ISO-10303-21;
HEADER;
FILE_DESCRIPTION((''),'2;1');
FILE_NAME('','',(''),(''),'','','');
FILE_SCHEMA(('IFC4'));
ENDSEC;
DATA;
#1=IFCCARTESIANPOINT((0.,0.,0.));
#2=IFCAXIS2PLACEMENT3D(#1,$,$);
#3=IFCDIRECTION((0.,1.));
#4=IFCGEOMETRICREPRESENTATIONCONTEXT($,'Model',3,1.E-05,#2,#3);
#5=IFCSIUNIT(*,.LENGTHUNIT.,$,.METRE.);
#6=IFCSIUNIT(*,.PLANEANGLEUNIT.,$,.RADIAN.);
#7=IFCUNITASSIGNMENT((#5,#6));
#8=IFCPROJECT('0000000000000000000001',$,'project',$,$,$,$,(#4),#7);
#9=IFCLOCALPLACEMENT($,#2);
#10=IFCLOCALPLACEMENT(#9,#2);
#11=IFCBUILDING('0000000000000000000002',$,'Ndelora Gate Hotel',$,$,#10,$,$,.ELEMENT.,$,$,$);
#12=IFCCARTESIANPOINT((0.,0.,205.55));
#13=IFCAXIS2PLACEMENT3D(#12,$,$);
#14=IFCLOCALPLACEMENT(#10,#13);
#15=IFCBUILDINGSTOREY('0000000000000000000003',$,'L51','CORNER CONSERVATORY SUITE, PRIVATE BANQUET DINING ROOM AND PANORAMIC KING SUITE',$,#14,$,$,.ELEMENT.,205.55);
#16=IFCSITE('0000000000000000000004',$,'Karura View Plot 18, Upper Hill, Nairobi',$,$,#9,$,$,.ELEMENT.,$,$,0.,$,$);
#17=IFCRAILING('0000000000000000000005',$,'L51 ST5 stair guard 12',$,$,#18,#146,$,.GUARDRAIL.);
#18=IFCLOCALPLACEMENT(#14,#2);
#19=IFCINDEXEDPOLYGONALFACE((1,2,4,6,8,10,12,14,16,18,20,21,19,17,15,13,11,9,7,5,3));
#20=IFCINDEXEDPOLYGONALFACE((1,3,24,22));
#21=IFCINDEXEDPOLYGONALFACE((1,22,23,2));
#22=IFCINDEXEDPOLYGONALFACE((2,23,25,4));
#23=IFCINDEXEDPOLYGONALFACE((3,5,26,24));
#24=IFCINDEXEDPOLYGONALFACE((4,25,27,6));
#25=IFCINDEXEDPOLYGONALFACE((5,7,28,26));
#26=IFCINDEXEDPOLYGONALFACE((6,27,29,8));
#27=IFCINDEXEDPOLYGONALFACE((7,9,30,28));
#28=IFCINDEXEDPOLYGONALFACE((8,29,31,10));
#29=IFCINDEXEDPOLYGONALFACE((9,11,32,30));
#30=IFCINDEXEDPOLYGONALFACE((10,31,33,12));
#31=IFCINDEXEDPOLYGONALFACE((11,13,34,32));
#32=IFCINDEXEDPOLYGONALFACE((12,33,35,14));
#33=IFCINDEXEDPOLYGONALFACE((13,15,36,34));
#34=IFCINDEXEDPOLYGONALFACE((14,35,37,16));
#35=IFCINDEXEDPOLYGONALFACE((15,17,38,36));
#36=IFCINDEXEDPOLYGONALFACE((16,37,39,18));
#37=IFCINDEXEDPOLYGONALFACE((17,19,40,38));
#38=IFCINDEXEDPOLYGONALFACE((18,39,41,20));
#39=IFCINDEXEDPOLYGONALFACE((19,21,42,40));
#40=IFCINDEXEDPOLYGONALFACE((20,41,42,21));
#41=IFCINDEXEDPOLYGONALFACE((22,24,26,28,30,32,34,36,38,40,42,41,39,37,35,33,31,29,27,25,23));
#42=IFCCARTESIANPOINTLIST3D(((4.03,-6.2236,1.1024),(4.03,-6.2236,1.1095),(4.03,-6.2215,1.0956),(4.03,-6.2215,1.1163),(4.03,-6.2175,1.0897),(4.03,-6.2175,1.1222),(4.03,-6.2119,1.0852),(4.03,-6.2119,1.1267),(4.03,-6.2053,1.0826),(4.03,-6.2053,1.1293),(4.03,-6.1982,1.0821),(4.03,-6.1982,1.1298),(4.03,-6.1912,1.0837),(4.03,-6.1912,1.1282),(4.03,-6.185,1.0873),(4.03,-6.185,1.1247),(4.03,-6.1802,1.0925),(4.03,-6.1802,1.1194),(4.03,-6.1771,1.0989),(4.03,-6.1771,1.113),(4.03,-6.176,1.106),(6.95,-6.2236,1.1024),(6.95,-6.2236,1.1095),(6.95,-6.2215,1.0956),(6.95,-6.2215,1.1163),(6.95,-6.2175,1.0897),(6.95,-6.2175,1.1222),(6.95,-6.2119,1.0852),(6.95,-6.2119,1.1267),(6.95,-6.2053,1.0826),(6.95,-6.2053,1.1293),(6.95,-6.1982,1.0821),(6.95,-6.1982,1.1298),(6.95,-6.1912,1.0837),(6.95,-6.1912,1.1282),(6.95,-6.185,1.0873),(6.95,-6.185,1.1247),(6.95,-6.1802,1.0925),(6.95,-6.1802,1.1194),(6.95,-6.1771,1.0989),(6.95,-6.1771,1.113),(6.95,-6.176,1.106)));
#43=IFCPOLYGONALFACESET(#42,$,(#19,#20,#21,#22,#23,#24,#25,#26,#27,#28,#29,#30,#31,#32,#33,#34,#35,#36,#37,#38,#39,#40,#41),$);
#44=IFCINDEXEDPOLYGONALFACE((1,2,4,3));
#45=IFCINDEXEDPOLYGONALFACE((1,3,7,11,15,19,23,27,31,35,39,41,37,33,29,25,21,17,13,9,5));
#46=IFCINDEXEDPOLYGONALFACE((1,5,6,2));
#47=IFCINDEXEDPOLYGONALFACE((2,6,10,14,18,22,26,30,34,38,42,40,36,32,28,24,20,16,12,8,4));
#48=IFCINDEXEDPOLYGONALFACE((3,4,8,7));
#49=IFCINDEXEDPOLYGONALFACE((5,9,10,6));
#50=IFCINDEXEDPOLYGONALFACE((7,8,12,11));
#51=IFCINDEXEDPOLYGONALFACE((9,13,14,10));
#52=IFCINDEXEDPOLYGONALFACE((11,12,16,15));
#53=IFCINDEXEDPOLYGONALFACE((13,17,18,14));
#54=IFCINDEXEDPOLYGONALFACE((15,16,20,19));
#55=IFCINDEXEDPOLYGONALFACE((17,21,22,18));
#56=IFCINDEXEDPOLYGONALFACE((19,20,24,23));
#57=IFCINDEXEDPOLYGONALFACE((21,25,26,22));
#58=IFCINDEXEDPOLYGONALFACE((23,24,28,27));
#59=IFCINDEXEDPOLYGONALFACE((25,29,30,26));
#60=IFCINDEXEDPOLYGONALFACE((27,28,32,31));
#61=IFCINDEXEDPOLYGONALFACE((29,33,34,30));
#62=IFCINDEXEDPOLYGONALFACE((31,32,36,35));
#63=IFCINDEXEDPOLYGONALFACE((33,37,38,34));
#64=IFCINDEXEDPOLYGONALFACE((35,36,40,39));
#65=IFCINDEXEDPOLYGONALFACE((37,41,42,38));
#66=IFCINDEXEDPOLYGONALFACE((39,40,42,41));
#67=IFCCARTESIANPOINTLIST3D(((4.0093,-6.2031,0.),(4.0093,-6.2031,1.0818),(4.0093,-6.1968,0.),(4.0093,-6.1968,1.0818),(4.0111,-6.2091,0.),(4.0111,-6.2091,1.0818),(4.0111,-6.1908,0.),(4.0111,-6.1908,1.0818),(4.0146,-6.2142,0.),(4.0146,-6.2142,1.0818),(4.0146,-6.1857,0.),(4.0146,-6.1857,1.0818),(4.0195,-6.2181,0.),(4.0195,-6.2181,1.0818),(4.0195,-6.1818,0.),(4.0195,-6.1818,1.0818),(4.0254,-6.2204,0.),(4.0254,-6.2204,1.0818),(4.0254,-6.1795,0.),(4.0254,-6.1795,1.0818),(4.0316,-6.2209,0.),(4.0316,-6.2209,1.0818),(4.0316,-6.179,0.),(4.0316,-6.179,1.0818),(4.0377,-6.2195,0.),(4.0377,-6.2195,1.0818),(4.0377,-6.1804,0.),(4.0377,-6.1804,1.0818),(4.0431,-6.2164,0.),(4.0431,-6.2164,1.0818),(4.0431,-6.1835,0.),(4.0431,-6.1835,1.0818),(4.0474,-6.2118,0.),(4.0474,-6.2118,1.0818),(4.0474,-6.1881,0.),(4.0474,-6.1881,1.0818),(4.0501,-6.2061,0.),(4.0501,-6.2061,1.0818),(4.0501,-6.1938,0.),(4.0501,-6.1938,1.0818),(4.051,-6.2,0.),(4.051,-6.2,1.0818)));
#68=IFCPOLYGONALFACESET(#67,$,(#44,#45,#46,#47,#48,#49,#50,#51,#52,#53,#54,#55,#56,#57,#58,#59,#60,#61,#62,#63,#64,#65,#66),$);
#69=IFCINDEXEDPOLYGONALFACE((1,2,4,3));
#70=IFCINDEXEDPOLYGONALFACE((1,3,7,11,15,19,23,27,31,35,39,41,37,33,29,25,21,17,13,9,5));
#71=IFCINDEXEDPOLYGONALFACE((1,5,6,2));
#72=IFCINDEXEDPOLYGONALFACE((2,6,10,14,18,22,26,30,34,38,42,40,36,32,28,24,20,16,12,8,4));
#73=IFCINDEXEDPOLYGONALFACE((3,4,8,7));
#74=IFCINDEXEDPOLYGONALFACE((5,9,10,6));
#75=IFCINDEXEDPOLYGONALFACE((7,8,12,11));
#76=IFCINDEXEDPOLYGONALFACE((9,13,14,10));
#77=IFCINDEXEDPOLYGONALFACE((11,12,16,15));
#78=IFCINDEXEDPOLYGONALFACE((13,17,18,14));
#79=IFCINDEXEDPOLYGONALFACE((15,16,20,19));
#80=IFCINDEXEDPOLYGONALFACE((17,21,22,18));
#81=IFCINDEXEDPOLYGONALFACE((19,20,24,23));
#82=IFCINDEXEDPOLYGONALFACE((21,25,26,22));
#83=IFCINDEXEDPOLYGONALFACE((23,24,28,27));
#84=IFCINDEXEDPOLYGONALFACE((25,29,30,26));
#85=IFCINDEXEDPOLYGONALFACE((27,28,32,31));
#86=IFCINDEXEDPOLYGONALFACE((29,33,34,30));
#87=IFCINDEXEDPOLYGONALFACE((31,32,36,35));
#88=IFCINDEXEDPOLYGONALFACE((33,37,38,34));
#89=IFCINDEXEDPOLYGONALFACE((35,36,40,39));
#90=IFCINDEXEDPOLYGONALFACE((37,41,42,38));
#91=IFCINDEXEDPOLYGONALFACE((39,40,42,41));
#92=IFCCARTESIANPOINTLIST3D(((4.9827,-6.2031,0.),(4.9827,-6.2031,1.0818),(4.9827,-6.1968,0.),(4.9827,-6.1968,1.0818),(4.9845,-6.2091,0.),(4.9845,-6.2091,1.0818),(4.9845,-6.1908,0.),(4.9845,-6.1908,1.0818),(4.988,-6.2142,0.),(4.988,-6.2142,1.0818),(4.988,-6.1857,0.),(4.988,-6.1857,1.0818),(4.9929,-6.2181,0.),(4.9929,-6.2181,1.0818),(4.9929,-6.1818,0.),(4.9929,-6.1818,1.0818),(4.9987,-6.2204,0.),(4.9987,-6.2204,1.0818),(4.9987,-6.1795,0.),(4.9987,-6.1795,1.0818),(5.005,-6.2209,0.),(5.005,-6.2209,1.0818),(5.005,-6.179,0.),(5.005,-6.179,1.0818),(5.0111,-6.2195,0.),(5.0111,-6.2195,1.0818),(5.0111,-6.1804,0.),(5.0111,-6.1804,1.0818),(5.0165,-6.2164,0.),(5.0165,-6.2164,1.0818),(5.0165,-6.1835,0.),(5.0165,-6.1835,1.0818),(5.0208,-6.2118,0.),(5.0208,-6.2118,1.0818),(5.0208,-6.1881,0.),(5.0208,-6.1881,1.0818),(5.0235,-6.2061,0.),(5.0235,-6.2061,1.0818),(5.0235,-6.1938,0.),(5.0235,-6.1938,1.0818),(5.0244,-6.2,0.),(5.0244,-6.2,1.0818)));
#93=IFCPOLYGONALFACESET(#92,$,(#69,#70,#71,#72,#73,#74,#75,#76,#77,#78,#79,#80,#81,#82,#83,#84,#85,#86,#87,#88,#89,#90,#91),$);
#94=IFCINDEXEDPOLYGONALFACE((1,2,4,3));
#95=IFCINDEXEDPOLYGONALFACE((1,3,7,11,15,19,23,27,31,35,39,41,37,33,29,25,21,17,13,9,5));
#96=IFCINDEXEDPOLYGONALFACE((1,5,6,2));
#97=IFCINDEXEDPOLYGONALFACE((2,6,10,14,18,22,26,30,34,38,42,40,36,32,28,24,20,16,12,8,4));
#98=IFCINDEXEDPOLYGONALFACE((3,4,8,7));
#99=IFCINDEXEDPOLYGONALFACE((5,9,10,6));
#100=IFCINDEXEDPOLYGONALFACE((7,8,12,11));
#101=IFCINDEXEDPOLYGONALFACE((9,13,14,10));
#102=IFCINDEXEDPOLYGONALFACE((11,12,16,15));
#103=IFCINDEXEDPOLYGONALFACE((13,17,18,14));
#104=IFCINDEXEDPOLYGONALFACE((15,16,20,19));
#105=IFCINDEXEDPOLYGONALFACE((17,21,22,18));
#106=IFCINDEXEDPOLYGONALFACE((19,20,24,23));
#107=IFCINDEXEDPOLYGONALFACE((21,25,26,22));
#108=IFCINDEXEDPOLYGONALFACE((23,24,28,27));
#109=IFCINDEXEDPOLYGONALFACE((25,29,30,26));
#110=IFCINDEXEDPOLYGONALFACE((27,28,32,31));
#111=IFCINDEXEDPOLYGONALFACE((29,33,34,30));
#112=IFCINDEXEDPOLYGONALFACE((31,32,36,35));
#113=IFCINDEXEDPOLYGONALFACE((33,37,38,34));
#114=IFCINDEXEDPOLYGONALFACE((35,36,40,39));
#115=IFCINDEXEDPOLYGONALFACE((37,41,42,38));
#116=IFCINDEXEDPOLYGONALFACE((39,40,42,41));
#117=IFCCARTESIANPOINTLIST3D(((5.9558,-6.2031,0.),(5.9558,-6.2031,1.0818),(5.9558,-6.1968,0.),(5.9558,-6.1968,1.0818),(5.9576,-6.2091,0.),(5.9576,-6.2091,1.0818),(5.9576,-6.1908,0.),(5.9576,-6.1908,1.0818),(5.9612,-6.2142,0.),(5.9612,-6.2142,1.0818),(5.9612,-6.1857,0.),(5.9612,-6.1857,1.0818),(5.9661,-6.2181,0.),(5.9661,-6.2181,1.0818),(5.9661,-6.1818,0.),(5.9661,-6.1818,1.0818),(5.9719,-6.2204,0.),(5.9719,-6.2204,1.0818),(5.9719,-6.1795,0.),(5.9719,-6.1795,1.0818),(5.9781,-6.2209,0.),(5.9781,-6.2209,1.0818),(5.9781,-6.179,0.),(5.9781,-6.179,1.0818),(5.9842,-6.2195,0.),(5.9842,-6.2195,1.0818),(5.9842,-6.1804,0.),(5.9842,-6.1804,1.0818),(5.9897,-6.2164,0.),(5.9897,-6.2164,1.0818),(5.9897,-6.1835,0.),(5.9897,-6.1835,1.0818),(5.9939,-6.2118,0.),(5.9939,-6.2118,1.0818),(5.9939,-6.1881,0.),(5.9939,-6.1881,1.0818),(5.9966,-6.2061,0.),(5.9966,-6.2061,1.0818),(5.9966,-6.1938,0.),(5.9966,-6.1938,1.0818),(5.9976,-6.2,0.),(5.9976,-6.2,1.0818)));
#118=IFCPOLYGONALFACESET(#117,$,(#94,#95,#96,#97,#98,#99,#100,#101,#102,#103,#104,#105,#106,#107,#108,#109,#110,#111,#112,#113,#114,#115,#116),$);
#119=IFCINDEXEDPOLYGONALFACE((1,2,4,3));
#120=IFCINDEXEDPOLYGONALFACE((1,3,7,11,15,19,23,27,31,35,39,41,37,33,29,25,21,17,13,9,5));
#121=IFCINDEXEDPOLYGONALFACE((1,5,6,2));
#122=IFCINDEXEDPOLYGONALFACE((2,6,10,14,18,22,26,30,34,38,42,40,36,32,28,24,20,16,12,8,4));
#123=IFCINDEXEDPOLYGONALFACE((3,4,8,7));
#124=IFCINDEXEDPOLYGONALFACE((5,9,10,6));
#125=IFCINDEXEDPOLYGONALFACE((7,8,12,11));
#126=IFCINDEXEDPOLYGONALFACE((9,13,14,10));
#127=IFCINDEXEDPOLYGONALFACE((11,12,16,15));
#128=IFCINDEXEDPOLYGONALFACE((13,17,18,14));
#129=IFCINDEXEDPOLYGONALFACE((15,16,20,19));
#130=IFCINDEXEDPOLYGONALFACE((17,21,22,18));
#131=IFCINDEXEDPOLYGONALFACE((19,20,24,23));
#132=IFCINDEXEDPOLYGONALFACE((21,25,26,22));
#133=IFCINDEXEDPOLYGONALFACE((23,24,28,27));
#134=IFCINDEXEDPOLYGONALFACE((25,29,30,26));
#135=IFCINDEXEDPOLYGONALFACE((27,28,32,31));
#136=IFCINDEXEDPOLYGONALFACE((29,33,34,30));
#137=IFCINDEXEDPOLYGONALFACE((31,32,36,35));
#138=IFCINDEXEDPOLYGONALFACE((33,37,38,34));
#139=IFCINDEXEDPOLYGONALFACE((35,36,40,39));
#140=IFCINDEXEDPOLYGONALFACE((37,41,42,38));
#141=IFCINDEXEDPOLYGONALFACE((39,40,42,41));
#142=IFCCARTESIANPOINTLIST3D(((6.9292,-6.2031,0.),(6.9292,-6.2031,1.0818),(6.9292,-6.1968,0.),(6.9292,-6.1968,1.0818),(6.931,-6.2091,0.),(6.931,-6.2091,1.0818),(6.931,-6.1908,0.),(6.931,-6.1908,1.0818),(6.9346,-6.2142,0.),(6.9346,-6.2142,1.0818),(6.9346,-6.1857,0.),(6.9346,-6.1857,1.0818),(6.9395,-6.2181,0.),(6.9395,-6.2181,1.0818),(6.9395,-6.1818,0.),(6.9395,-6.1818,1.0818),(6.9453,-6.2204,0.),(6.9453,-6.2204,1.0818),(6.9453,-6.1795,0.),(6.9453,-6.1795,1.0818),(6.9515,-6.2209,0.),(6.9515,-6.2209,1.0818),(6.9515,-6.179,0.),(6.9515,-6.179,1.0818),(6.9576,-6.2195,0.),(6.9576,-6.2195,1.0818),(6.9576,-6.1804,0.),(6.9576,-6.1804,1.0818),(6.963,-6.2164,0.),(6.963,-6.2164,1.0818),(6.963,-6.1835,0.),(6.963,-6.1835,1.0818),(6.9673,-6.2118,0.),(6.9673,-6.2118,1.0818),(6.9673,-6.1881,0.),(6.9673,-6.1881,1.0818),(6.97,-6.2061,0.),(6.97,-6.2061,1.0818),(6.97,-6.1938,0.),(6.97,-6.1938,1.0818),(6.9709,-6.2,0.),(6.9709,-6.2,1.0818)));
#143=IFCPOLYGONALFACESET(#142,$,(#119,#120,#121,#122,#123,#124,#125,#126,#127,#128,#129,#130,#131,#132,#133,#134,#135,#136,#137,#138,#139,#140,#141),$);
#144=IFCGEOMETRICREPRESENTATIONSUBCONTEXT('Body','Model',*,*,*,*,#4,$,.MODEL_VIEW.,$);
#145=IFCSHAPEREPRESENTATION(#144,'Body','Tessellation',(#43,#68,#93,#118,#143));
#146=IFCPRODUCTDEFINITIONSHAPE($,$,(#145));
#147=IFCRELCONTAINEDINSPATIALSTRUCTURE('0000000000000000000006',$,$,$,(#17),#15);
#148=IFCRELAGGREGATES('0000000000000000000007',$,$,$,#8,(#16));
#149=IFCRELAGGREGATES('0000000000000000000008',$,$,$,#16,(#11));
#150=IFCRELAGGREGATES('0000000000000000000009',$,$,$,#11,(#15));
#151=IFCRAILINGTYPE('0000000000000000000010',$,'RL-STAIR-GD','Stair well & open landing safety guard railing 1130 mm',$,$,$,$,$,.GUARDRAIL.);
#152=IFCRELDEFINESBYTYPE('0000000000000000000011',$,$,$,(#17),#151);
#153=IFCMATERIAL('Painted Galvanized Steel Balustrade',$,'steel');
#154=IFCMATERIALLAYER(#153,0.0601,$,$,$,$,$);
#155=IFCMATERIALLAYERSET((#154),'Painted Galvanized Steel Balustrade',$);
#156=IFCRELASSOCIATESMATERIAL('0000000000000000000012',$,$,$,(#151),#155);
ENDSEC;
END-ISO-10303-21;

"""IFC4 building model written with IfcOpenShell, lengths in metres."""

from ifc_helpers import new_model, si_unit, direction, frame, origin, origin_2d, place, context, subcontext, project, spatial, circle, extrude, material, layer, layer_set, type_object, element, save


model = new_model("IFC4")

# Units and contexts
model_context = context("Model", 3, precision=1e-05, world=origin(), true_north=direction((0.0, 1.0)))
body_context = subcontext(model_context, "Body", "Model", "MODEL_VIEW")
ifc_project = project(units=[si_unit("LENGTHUNIT", "METRE"), si_unit("PLANEANGLEUNIT", "RADIAN")], contexts=[model_context])

# Site, building, storey
site_placement = place(None, origin())
site = spatial("IfcSite", under=ifc_project, at=site_placement, Name="Karura View Plot 18, Upper Hill, Nairobi", CompositionType="ELEMENT", RefElevation=0.0)
building_placement = place(site_placement, origin())
building = spatial("IfcBuilding", under=site, at=building_placement, Name="Ndelora Gate Hotel", CompositionType="ELEMENT")
storey_placement = place(building_placement, frame((0.0, 0.0, 205.55)))
storey = spatial("IfcBuildingStorey", under=building, at=storey_placement, Name="L51", Description="CORNER CONSERVATORY SUITE, PRIVATE BANQUET DINING ROOM AND PANORAMIC KING SUITE", CompositionType="ELEMENT", Elevation=205.55)

# Railing
ifc_material_1 = material(Name="Painted Galvanized Steel Balustrade", Category="steel")
ifc_layer_1 = layer(ifc_material_1, 0.0601)
ifc_layer_set_1 = layer_set([ifc_layer_1], Name="Painted Galvanized Steel Balustrade")
railing_type = type_object("IfcRailingType", Name="RL-STAIR-GD", Description="Stair well & open landing safety guard railing 1130 mm", PredefinedType="GUARDRAIL", material=ifc_layer_set_1)
railing_1_placement = place(storey_placement, frame((4.03, -6.2, 0.0)))
element("IfcRailing", 1, at=railing_1_placement, inside=storey, type_object=railing_type, Name="L51 ST5 stair guard 12", PredefinedType="GUARDRAIL", context=body_context, shape_type="SweptSolid", body=[
    extrude(circle(Radius=0.0239, at=origin_2d()), frame((0.0, 0.0, 1.106), z_axis=(1.0, 0.0, 0.0), x_axis=(0.0, 1.0, 0.0)), (0.0, 0.0, 1.0), 2.9199),
    extrude(circle(Radius=0.021, at=origin_2d()), origin(), (0.0, 0.0, 1.0), 1.0818),
    extrude(circle(Radius=0.021, at=origin_2d()), frame((0.9734, 0.0, 0.0)), (0.0, 0.0, 1.0), 1.0818),
    extrude(circle(Radius=0.021, at=origin_2d()), frame((1.9465, 0.0, 0.0)), (0.0, 0.0, 1.0), 1.0818),
    extrude(circle(Radius=0.021, at=origin_2d()), frame((2.9199, 0.0, 0.0)), (0.0, 0.0, 1.0), 1.0818),
])

save(model, "model.ifc")
